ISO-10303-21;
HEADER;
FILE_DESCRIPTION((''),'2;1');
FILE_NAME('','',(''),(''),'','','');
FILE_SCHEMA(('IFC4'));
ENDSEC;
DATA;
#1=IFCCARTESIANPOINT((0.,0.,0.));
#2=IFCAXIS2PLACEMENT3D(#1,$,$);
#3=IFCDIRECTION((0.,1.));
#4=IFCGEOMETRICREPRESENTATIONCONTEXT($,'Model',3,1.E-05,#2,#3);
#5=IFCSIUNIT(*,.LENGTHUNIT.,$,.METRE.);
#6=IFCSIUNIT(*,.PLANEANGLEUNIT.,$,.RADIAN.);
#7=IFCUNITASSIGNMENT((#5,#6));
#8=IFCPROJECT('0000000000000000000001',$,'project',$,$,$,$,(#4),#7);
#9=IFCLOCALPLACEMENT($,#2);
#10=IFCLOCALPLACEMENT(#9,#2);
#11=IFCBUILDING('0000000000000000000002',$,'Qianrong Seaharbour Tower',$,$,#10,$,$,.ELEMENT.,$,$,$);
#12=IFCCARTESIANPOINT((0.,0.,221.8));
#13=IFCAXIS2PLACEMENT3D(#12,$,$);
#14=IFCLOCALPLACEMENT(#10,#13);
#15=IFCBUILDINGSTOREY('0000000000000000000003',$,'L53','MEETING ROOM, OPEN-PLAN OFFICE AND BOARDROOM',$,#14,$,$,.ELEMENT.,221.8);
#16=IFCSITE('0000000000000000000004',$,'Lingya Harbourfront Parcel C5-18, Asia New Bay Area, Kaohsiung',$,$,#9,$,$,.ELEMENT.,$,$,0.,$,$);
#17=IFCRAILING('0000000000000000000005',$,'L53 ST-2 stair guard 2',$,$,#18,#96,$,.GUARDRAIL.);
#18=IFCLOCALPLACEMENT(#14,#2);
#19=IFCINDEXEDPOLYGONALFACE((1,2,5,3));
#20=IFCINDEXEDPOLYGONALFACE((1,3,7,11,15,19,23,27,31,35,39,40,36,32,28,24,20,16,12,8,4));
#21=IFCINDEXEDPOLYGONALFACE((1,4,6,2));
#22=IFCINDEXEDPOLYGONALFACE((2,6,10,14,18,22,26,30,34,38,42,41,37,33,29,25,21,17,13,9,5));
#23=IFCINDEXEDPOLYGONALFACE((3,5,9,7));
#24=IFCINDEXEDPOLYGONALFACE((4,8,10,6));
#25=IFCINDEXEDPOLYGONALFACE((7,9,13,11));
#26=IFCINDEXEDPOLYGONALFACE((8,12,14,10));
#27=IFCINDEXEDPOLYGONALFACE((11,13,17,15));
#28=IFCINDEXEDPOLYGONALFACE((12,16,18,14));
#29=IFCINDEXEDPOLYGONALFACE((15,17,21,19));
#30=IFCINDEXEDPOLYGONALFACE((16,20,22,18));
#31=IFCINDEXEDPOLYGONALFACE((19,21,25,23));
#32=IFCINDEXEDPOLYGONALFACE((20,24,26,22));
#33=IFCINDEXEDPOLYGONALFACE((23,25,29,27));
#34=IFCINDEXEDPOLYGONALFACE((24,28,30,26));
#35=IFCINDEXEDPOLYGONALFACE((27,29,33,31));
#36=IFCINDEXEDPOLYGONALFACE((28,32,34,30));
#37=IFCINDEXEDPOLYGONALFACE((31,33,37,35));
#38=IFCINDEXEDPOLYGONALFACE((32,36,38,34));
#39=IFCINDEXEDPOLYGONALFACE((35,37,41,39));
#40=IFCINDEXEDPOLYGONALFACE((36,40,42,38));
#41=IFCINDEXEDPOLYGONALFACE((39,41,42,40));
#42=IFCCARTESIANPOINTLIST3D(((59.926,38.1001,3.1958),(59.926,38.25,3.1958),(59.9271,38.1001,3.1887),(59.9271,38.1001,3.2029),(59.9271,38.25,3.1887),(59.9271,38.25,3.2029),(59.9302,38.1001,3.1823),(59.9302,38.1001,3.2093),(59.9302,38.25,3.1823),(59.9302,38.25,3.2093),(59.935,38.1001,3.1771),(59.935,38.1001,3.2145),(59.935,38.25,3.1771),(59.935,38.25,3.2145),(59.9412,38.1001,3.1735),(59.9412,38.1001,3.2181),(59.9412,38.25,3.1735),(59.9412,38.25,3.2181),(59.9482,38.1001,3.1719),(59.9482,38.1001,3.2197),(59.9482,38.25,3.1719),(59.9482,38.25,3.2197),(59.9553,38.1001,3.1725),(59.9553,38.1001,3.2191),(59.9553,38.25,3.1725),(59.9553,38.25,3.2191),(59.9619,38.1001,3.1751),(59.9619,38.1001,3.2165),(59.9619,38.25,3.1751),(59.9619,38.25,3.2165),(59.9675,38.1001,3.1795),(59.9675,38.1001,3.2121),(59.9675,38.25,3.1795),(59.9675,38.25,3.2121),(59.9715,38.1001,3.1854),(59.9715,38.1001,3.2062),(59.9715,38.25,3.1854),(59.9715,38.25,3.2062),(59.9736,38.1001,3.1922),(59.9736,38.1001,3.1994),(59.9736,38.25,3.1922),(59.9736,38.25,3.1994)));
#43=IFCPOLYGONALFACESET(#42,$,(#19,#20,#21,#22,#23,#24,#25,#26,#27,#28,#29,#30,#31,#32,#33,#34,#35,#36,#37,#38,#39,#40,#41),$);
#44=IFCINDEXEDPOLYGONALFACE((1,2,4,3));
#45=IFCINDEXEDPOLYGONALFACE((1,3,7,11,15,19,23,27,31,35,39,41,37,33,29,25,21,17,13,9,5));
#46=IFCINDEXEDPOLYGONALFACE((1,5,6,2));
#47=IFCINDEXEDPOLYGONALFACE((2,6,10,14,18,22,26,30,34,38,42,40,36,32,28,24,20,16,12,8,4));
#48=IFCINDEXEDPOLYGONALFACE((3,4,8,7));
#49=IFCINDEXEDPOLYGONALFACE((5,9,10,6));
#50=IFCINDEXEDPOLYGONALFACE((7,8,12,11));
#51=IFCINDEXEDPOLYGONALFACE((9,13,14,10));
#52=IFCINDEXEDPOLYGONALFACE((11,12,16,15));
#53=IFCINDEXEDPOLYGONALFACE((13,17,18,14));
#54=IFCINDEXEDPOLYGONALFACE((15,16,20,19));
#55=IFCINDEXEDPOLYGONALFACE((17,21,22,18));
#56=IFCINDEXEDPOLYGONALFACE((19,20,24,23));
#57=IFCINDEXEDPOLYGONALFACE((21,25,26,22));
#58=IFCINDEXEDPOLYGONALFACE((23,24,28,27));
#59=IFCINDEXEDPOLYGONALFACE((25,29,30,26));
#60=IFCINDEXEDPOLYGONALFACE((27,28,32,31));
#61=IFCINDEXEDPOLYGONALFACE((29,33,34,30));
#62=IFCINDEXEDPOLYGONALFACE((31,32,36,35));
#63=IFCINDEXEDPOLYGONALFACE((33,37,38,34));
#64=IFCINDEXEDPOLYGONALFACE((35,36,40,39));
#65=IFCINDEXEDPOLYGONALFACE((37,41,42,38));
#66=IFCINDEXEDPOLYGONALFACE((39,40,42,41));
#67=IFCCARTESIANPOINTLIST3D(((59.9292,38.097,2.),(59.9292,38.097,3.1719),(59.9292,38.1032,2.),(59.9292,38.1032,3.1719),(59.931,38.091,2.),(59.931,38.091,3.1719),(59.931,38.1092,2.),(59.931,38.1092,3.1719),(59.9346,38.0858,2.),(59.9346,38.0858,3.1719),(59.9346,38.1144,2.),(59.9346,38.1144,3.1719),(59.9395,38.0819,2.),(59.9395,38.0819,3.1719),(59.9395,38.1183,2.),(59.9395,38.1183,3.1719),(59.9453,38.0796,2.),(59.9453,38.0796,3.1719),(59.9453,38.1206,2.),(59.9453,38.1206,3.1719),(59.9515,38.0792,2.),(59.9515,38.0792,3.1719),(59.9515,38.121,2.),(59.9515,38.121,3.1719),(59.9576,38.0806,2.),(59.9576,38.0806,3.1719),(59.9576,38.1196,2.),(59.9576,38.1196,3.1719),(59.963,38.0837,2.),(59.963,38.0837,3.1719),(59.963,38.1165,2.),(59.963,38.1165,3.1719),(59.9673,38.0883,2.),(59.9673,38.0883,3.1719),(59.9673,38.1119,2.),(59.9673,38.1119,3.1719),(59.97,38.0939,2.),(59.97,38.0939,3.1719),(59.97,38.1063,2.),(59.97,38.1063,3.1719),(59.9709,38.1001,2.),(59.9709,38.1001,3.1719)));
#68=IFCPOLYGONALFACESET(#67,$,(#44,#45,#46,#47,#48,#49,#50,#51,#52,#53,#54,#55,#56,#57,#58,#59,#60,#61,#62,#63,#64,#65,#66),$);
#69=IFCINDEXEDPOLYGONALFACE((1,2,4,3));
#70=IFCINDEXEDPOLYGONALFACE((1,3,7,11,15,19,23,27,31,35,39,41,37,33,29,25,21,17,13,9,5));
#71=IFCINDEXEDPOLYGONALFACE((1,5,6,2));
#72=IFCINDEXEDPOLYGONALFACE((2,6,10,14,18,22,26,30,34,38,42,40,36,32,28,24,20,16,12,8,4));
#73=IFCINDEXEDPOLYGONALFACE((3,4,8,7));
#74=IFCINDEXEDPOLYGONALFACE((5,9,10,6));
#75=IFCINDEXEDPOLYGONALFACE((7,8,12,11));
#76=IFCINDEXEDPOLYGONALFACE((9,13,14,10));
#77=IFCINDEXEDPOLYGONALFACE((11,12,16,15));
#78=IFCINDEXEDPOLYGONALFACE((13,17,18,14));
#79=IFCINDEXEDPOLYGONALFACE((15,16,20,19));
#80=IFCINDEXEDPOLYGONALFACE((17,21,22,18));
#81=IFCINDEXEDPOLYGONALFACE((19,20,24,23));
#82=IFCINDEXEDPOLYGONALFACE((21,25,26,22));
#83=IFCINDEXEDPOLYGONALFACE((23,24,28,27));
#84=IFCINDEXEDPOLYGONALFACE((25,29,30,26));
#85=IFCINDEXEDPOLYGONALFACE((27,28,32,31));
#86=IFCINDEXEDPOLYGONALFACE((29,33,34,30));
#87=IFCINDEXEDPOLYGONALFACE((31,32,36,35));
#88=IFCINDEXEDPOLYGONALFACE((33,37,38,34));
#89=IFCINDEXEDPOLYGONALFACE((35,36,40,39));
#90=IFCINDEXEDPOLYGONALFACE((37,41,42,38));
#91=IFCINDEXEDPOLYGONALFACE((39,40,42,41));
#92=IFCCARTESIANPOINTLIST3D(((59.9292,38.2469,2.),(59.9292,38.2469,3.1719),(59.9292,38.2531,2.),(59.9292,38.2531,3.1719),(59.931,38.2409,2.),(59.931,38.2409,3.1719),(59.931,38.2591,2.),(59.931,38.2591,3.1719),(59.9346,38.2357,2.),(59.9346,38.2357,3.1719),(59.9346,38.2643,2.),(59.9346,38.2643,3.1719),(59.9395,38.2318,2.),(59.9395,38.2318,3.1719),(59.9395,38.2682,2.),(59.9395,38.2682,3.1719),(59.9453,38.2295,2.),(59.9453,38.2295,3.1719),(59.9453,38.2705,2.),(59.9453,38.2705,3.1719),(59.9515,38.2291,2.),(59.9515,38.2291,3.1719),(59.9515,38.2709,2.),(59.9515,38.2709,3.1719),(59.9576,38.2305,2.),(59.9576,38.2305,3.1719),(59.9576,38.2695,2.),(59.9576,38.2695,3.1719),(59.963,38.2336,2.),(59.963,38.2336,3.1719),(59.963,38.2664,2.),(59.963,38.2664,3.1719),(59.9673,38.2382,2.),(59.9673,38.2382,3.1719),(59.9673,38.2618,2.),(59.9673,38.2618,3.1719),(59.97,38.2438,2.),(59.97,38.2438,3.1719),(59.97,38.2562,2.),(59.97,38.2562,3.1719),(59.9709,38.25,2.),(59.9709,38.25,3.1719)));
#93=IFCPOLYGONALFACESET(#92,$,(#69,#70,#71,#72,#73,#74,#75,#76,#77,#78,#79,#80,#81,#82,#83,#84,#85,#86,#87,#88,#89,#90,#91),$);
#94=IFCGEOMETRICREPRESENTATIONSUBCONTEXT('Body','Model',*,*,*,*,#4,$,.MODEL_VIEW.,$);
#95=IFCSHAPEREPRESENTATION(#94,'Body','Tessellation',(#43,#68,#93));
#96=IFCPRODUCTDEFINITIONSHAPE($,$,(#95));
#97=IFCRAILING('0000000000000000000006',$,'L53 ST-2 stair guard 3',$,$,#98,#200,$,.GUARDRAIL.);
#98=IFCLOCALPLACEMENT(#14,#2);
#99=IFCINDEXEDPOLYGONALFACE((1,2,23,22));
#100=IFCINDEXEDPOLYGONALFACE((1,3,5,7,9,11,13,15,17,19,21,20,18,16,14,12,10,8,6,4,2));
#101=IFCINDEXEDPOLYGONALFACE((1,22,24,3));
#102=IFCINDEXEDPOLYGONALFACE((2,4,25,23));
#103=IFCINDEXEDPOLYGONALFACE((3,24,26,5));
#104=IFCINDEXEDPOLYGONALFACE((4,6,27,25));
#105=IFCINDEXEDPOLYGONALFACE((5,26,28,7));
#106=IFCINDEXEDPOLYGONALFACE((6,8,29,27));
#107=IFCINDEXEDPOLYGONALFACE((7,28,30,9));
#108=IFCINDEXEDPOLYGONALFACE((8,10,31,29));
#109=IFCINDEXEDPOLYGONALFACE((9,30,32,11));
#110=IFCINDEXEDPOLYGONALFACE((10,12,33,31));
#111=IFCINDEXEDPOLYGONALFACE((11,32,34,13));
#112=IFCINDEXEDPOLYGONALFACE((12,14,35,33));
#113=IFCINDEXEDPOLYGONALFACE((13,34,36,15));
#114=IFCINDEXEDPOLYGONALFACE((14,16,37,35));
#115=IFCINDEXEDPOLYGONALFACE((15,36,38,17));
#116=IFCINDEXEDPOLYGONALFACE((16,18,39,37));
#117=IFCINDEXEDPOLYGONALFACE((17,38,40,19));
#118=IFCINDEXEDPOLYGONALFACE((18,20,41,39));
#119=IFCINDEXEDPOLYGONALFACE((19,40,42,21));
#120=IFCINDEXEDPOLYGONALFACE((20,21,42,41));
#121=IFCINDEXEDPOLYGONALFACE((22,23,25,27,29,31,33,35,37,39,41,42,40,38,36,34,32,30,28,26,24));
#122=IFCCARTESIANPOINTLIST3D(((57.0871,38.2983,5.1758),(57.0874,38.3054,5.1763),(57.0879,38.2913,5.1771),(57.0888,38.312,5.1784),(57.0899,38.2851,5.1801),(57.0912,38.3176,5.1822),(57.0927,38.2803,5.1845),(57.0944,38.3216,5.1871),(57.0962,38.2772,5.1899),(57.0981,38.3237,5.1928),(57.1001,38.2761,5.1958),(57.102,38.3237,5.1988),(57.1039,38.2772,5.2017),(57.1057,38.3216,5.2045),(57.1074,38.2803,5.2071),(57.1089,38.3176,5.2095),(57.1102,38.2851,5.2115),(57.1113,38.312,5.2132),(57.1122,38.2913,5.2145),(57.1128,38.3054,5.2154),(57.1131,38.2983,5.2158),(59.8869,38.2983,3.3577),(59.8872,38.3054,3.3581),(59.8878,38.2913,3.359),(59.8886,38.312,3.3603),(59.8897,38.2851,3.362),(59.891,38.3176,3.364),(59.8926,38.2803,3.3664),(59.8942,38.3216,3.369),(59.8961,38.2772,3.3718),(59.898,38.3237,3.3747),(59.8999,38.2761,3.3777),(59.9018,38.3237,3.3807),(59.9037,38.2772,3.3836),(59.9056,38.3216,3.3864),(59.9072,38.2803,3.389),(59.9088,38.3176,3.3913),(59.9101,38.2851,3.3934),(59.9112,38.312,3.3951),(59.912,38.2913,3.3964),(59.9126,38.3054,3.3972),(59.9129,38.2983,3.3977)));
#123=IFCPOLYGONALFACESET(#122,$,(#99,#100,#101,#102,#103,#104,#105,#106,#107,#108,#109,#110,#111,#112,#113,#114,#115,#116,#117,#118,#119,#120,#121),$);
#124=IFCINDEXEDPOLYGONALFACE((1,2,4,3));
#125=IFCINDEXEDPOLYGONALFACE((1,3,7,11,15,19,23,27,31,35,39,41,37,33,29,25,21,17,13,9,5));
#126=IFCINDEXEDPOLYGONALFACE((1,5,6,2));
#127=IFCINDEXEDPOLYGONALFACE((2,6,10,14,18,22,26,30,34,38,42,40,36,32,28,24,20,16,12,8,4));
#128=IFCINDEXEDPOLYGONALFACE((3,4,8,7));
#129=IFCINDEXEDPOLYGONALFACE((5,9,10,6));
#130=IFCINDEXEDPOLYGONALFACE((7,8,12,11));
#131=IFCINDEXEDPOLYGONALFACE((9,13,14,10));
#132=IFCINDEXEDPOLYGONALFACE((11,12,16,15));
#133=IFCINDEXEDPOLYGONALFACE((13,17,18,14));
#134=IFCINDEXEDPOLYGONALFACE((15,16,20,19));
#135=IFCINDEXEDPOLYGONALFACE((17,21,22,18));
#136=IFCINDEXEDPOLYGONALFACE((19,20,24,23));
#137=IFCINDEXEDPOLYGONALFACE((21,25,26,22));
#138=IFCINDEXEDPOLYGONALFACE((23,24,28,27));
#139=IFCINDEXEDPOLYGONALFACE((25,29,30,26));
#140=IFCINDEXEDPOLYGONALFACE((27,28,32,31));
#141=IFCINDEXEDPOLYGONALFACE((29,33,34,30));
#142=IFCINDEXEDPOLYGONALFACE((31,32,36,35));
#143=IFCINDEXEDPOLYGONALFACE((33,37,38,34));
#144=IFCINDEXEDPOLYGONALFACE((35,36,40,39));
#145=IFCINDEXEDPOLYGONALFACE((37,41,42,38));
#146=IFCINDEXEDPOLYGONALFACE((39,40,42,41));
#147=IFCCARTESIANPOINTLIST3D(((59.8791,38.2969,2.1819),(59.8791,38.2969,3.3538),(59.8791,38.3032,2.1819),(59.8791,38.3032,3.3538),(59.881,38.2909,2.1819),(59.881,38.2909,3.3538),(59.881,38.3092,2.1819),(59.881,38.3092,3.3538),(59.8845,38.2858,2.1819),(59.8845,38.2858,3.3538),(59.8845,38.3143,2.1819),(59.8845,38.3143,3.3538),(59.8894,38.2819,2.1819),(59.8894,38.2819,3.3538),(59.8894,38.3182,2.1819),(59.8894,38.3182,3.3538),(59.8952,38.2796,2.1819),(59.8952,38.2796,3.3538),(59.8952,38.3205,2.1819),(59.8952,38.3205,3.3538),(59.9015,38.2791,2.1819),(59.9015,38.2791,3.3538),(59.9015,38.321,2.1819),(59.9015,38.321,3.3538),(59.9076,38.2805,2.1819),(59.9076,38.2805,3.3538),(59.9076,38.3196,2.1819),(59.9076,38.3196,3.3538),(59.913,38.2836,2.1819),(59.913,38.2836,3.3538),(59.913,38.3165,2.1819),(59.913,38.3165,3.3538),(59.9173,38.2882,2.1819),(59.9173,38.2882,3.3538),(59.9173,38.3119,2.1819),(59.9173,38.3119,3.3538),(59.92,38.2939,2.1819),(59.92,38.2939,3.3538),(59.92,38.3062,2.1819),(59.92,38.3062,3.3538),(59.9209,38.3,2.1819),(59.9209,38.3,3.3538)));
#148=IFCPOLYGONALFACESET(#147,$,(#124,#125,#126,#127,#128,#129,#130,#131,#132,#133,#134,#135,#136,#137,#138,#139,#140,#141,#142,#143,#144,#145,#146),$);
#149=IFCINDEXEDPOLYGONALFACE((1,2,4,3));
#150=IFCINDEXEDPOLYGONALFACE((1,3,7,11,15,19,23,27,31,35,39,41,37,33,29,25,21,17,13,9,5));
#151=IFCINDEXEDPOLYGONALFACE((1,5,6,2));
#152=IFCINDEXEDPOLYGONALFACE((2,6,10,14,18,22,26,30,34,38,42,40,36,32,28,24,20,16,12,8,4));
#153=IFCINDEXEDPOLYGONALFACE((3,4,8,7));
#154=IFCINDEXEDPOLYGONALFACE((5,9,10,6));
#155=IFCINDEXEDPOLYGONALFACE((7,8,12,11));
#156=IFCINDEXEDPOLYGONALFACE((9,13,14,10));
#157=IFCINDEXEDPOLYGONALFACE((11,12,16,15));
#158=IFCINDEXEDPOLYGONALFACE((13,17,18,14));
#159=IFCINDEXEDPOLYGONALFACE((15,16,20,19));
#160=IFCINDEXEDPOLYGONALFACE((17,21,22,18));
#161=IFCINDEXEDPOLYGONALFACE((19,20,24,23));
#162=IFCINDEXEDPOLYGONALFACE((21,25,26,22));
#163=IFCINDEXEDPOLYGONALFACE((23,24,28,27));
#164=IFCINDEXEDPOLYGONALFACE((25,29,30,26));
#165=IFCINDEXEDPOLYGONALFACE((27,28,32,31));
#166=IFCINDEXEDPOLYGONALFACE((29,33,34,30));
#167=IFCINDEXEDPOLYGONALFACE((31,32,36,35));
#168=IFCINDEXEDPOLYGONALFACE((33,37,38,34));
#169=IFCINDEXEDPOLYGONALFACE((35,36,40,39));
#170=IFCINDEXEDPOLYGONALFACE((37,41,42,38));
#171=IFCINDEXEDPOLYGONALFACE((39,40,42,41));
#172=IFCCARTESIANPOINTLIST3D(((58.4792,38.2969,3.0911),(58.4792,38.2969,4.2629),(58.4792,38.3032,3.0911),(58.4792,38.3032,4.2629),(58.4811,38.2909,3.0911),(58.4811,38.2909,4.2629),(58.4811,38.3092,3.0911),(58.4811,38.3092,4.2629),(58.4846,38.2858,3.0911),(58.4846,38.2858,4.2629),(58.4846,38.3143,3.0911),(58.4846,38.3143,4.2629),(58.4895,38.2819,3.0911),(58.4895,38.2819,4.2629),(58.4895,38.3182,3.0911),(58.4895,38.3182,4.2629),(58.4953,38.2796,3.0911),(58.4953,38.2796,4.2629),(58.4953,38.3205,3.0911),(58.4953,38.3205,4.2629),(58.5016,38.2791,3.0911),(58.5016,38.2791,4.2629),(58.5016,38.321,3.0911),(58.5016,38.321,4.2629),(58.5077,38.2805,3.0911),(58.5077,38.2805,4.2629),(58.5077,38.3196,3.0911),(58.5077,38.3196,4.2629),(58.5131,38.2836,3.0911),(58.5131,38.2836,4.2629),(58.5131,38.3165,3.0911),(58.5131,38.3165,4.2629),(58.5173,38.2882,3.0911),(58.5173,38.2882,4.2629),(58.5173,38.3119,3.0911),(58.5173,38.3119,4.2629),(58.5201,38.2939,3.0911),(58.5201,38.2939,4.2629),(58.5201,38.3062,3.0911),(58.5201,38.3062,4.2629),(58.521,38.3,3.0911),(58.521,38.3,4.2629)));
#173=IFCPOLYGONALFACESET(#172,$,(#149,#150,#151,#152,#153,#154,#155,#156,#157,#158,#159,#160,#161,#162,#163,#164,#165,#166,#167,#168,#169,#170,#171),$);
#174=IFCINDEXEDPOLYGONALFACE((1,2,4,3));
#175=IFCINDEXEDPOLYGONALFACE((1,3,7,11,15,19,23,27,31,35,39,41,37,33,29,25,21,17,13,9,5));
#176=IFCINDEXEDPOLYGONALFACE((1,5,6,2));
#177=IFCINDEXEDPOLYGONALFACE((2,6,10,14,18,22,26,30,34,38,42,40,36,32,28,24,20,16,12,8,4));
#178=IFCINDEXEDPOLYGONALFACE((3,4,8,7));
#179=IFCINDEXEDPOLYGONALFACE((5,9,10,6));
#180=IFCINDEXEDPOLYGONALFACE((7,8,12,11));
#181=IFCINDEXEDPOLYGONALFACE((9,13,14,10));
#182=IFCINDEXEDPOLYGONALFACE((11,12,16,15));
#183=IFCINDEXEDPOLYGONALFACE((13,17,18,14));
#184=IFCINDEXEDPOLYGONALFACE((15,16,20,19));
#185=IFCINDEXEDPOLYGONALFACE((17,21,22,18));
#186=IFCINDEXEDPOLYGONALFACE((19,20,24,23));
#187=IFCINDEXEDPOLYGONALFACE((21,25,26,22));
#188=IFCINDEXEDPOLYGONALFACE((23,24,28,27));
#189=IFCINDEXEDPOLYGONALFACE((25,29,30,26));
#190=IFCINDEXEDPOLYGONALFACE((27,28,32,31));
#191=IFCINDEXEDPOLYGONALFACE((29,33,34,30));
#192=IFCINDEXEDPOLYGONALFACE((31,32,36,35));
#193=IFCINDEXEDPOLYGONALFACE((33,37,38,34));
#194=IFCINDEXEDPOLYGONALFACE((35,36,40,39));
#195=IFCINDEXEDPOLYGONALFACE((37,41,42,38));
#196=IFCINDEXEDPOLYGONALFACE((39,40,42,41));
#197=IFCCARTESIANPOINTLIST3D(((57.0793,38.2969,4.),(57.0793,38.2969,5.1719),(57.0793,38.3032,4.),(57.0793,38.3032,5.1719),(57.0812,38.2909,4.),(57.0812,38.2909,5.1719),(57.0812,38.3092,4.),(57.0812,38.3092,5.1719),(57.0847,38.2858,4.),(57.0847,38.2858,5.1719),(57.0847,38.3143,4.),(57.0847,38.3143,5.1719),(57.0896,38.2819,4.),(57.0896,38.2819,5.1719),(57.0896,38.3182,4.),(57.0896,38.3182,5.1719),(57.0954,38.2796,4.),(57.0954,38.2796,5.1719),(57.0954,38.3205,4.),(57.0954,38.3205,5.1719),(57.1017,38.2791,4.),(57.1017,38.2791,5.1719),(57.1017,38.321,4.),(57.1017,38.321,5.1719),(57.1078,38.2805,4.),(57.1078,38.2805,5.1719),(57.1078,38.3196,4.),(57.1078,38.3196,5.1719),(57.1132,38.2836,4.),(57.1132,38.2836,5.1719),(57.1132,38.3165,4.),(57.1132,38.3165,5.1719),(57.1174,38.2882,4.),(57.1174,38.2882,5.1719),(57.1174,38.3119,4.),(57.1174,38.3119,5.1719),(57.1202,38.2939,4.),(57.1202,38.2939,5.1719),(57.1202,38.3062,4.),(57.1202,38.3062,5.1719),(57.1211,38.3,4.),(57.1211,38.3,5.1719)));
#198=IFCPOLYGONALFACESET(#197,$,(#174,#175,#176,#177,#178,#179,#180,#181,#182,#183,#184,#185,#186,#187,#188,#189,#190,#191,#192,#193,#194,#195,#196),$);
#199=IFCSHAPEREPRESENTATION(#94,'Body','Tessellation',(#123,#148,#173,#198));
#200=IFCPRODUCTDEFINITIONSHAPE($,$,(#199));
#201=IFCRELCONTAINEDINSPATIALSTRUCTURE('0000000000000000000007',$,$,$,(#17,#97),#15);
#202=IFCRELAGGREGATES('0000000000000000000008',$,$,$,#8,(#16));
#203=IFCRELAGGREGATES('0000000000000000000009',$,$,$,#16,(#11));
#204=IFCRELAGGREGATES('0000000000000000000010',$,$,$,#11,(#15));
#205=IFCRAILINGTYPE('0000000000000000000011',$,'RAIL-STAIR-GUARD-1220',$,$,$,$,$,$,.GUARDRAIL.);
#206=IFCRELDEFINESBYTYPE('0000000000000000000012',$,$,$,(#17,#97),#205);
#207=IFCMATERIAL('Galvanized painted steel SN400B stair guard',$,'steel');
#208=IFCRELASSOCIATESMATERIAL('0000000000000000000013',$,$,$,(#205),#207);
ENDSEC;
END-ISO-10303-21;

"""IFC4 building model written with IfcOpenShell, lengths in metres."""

from ifc_helpers import new_model, si_unit, direction, frame, origin, origin_2d, place, context, subcontext, project, spatial, circle, extrude, material, type_object, element, save


model = new_model("IFC4")

# Units and contexts
model_context = context("Model", 3, precision=1e-05, world=origin(), true_north=direction((0.0, 1.0)))
body_context = subcontext(model_context, "Body", "Model", "MODEL_VIEW")
ifc_project = project(units=[si_unit("LENGTHUNIT", "METRE"), si_unit("PLANEANGLEUNIT", "RADIAN")], contexts=[model_context])

# Site, building, storey
site_placement = place(None, origin())
site = spatial("IfcSite", under=ifc_project, at=site_placement, Name="Lingya Harbourfront Parcel C5-18, Asia New Bay Area, Kaohsiung", CompositionType="ELEMENT", RefElevation=0.0)
building_placement = place(site_placement, origin())
building = spatial("IfcBuilding", under=site, at=building_placement, Name="Qianrong Seaharbour Tower", CompositionType="ELEMENT")
storey_placement = place(building_placement, frame((0.0, 0.0, 221.8)))
storey = spatial("IfcBuildingStorey", under=building, at=storey_placement, Name="L53", Description="MEETING ROOM, OPEN-PLAN OFFICE AND BOARDROOM", CompositionType="ELEMENT", Elevation=221.8)

# Railings
ifc_material_1 = material(Name="Galvanized painted steel SN400B stair guard", Category="steel")
railing_type_1 = type_object("IfcRailingType", Name="RAIL-STAIR-GUARD-1220", PredefinedType="GUARDRAIL", material=ifc_material_1)
railing_1_placement = place(storey_placement, frame((59.95, 38.1001, 2.0)))
element("IfcRailing", 1, at=railing_1_placement, inside=storey, type_object=railing_type_1, Name="L53 ST-2 stair guard 2", PredefinedType="GUARDRAIL", context=body_context, shape_type="SweptSolid", body=[
    extrude(circle(Radius=0.0239, at=origin_2d()), frame((0.0, 0.0, 1.1958), z_axis=(0.0, 1.0, 0.0), x_axis=(-1.0, 0.0, 0.0)), (0.0, 0.0, 1.0), 0.1499),
    extrude(circle(Radius=0.021, at=origin_2d()), origin(), (0.0, 0.0, 1.0), 1.1719),
    extrude(circle(Radius=0.021, at=origin_2d()), frame((0.0, 0.1499, 0.0)), (0.0, 0.0, 1.0), 1.1719),
])
railing_2_placement = place(storey_placement, frame((59.8999, 38.3, 2.1819)))
element("IfcRailing", 2, at=railing_2_placement, inside=storey, type_object=railing_type_1, Name="L53 ST-2 stair guard 3", PredefinedType="GUARDRAIL", context=body_context, shape_type="SweptSolid", body=[
    extrude(circle(Radius=0.0239, at=origin_2d()), frame((0.0, 0.0, 1.1958), z_axis=(-0.838684, 0.0, 0.544618), x_axis=(0.0, -1.0, 0.0)), (0.0, 0.0, 1.0), 3.3384),
    extrude(circle(Radius=0.021, at=origin_2d()), origin(), (0.0, 0.0, 1.0), 1.1719),
    extrude(circle(Radius=0.021, at=origin_2d()), frame((-1.3999, 0.0, 0.9092)), (0.0, 0.0, 1.0), 1.1719),
    extrude(circle(Radius=0.021, at=origin_2d()), frame((-2.7998, 0.0, 1.8181)), (0.0, 0.0, 1.0), 1.1719),
])

save(model, "model.ifc")
